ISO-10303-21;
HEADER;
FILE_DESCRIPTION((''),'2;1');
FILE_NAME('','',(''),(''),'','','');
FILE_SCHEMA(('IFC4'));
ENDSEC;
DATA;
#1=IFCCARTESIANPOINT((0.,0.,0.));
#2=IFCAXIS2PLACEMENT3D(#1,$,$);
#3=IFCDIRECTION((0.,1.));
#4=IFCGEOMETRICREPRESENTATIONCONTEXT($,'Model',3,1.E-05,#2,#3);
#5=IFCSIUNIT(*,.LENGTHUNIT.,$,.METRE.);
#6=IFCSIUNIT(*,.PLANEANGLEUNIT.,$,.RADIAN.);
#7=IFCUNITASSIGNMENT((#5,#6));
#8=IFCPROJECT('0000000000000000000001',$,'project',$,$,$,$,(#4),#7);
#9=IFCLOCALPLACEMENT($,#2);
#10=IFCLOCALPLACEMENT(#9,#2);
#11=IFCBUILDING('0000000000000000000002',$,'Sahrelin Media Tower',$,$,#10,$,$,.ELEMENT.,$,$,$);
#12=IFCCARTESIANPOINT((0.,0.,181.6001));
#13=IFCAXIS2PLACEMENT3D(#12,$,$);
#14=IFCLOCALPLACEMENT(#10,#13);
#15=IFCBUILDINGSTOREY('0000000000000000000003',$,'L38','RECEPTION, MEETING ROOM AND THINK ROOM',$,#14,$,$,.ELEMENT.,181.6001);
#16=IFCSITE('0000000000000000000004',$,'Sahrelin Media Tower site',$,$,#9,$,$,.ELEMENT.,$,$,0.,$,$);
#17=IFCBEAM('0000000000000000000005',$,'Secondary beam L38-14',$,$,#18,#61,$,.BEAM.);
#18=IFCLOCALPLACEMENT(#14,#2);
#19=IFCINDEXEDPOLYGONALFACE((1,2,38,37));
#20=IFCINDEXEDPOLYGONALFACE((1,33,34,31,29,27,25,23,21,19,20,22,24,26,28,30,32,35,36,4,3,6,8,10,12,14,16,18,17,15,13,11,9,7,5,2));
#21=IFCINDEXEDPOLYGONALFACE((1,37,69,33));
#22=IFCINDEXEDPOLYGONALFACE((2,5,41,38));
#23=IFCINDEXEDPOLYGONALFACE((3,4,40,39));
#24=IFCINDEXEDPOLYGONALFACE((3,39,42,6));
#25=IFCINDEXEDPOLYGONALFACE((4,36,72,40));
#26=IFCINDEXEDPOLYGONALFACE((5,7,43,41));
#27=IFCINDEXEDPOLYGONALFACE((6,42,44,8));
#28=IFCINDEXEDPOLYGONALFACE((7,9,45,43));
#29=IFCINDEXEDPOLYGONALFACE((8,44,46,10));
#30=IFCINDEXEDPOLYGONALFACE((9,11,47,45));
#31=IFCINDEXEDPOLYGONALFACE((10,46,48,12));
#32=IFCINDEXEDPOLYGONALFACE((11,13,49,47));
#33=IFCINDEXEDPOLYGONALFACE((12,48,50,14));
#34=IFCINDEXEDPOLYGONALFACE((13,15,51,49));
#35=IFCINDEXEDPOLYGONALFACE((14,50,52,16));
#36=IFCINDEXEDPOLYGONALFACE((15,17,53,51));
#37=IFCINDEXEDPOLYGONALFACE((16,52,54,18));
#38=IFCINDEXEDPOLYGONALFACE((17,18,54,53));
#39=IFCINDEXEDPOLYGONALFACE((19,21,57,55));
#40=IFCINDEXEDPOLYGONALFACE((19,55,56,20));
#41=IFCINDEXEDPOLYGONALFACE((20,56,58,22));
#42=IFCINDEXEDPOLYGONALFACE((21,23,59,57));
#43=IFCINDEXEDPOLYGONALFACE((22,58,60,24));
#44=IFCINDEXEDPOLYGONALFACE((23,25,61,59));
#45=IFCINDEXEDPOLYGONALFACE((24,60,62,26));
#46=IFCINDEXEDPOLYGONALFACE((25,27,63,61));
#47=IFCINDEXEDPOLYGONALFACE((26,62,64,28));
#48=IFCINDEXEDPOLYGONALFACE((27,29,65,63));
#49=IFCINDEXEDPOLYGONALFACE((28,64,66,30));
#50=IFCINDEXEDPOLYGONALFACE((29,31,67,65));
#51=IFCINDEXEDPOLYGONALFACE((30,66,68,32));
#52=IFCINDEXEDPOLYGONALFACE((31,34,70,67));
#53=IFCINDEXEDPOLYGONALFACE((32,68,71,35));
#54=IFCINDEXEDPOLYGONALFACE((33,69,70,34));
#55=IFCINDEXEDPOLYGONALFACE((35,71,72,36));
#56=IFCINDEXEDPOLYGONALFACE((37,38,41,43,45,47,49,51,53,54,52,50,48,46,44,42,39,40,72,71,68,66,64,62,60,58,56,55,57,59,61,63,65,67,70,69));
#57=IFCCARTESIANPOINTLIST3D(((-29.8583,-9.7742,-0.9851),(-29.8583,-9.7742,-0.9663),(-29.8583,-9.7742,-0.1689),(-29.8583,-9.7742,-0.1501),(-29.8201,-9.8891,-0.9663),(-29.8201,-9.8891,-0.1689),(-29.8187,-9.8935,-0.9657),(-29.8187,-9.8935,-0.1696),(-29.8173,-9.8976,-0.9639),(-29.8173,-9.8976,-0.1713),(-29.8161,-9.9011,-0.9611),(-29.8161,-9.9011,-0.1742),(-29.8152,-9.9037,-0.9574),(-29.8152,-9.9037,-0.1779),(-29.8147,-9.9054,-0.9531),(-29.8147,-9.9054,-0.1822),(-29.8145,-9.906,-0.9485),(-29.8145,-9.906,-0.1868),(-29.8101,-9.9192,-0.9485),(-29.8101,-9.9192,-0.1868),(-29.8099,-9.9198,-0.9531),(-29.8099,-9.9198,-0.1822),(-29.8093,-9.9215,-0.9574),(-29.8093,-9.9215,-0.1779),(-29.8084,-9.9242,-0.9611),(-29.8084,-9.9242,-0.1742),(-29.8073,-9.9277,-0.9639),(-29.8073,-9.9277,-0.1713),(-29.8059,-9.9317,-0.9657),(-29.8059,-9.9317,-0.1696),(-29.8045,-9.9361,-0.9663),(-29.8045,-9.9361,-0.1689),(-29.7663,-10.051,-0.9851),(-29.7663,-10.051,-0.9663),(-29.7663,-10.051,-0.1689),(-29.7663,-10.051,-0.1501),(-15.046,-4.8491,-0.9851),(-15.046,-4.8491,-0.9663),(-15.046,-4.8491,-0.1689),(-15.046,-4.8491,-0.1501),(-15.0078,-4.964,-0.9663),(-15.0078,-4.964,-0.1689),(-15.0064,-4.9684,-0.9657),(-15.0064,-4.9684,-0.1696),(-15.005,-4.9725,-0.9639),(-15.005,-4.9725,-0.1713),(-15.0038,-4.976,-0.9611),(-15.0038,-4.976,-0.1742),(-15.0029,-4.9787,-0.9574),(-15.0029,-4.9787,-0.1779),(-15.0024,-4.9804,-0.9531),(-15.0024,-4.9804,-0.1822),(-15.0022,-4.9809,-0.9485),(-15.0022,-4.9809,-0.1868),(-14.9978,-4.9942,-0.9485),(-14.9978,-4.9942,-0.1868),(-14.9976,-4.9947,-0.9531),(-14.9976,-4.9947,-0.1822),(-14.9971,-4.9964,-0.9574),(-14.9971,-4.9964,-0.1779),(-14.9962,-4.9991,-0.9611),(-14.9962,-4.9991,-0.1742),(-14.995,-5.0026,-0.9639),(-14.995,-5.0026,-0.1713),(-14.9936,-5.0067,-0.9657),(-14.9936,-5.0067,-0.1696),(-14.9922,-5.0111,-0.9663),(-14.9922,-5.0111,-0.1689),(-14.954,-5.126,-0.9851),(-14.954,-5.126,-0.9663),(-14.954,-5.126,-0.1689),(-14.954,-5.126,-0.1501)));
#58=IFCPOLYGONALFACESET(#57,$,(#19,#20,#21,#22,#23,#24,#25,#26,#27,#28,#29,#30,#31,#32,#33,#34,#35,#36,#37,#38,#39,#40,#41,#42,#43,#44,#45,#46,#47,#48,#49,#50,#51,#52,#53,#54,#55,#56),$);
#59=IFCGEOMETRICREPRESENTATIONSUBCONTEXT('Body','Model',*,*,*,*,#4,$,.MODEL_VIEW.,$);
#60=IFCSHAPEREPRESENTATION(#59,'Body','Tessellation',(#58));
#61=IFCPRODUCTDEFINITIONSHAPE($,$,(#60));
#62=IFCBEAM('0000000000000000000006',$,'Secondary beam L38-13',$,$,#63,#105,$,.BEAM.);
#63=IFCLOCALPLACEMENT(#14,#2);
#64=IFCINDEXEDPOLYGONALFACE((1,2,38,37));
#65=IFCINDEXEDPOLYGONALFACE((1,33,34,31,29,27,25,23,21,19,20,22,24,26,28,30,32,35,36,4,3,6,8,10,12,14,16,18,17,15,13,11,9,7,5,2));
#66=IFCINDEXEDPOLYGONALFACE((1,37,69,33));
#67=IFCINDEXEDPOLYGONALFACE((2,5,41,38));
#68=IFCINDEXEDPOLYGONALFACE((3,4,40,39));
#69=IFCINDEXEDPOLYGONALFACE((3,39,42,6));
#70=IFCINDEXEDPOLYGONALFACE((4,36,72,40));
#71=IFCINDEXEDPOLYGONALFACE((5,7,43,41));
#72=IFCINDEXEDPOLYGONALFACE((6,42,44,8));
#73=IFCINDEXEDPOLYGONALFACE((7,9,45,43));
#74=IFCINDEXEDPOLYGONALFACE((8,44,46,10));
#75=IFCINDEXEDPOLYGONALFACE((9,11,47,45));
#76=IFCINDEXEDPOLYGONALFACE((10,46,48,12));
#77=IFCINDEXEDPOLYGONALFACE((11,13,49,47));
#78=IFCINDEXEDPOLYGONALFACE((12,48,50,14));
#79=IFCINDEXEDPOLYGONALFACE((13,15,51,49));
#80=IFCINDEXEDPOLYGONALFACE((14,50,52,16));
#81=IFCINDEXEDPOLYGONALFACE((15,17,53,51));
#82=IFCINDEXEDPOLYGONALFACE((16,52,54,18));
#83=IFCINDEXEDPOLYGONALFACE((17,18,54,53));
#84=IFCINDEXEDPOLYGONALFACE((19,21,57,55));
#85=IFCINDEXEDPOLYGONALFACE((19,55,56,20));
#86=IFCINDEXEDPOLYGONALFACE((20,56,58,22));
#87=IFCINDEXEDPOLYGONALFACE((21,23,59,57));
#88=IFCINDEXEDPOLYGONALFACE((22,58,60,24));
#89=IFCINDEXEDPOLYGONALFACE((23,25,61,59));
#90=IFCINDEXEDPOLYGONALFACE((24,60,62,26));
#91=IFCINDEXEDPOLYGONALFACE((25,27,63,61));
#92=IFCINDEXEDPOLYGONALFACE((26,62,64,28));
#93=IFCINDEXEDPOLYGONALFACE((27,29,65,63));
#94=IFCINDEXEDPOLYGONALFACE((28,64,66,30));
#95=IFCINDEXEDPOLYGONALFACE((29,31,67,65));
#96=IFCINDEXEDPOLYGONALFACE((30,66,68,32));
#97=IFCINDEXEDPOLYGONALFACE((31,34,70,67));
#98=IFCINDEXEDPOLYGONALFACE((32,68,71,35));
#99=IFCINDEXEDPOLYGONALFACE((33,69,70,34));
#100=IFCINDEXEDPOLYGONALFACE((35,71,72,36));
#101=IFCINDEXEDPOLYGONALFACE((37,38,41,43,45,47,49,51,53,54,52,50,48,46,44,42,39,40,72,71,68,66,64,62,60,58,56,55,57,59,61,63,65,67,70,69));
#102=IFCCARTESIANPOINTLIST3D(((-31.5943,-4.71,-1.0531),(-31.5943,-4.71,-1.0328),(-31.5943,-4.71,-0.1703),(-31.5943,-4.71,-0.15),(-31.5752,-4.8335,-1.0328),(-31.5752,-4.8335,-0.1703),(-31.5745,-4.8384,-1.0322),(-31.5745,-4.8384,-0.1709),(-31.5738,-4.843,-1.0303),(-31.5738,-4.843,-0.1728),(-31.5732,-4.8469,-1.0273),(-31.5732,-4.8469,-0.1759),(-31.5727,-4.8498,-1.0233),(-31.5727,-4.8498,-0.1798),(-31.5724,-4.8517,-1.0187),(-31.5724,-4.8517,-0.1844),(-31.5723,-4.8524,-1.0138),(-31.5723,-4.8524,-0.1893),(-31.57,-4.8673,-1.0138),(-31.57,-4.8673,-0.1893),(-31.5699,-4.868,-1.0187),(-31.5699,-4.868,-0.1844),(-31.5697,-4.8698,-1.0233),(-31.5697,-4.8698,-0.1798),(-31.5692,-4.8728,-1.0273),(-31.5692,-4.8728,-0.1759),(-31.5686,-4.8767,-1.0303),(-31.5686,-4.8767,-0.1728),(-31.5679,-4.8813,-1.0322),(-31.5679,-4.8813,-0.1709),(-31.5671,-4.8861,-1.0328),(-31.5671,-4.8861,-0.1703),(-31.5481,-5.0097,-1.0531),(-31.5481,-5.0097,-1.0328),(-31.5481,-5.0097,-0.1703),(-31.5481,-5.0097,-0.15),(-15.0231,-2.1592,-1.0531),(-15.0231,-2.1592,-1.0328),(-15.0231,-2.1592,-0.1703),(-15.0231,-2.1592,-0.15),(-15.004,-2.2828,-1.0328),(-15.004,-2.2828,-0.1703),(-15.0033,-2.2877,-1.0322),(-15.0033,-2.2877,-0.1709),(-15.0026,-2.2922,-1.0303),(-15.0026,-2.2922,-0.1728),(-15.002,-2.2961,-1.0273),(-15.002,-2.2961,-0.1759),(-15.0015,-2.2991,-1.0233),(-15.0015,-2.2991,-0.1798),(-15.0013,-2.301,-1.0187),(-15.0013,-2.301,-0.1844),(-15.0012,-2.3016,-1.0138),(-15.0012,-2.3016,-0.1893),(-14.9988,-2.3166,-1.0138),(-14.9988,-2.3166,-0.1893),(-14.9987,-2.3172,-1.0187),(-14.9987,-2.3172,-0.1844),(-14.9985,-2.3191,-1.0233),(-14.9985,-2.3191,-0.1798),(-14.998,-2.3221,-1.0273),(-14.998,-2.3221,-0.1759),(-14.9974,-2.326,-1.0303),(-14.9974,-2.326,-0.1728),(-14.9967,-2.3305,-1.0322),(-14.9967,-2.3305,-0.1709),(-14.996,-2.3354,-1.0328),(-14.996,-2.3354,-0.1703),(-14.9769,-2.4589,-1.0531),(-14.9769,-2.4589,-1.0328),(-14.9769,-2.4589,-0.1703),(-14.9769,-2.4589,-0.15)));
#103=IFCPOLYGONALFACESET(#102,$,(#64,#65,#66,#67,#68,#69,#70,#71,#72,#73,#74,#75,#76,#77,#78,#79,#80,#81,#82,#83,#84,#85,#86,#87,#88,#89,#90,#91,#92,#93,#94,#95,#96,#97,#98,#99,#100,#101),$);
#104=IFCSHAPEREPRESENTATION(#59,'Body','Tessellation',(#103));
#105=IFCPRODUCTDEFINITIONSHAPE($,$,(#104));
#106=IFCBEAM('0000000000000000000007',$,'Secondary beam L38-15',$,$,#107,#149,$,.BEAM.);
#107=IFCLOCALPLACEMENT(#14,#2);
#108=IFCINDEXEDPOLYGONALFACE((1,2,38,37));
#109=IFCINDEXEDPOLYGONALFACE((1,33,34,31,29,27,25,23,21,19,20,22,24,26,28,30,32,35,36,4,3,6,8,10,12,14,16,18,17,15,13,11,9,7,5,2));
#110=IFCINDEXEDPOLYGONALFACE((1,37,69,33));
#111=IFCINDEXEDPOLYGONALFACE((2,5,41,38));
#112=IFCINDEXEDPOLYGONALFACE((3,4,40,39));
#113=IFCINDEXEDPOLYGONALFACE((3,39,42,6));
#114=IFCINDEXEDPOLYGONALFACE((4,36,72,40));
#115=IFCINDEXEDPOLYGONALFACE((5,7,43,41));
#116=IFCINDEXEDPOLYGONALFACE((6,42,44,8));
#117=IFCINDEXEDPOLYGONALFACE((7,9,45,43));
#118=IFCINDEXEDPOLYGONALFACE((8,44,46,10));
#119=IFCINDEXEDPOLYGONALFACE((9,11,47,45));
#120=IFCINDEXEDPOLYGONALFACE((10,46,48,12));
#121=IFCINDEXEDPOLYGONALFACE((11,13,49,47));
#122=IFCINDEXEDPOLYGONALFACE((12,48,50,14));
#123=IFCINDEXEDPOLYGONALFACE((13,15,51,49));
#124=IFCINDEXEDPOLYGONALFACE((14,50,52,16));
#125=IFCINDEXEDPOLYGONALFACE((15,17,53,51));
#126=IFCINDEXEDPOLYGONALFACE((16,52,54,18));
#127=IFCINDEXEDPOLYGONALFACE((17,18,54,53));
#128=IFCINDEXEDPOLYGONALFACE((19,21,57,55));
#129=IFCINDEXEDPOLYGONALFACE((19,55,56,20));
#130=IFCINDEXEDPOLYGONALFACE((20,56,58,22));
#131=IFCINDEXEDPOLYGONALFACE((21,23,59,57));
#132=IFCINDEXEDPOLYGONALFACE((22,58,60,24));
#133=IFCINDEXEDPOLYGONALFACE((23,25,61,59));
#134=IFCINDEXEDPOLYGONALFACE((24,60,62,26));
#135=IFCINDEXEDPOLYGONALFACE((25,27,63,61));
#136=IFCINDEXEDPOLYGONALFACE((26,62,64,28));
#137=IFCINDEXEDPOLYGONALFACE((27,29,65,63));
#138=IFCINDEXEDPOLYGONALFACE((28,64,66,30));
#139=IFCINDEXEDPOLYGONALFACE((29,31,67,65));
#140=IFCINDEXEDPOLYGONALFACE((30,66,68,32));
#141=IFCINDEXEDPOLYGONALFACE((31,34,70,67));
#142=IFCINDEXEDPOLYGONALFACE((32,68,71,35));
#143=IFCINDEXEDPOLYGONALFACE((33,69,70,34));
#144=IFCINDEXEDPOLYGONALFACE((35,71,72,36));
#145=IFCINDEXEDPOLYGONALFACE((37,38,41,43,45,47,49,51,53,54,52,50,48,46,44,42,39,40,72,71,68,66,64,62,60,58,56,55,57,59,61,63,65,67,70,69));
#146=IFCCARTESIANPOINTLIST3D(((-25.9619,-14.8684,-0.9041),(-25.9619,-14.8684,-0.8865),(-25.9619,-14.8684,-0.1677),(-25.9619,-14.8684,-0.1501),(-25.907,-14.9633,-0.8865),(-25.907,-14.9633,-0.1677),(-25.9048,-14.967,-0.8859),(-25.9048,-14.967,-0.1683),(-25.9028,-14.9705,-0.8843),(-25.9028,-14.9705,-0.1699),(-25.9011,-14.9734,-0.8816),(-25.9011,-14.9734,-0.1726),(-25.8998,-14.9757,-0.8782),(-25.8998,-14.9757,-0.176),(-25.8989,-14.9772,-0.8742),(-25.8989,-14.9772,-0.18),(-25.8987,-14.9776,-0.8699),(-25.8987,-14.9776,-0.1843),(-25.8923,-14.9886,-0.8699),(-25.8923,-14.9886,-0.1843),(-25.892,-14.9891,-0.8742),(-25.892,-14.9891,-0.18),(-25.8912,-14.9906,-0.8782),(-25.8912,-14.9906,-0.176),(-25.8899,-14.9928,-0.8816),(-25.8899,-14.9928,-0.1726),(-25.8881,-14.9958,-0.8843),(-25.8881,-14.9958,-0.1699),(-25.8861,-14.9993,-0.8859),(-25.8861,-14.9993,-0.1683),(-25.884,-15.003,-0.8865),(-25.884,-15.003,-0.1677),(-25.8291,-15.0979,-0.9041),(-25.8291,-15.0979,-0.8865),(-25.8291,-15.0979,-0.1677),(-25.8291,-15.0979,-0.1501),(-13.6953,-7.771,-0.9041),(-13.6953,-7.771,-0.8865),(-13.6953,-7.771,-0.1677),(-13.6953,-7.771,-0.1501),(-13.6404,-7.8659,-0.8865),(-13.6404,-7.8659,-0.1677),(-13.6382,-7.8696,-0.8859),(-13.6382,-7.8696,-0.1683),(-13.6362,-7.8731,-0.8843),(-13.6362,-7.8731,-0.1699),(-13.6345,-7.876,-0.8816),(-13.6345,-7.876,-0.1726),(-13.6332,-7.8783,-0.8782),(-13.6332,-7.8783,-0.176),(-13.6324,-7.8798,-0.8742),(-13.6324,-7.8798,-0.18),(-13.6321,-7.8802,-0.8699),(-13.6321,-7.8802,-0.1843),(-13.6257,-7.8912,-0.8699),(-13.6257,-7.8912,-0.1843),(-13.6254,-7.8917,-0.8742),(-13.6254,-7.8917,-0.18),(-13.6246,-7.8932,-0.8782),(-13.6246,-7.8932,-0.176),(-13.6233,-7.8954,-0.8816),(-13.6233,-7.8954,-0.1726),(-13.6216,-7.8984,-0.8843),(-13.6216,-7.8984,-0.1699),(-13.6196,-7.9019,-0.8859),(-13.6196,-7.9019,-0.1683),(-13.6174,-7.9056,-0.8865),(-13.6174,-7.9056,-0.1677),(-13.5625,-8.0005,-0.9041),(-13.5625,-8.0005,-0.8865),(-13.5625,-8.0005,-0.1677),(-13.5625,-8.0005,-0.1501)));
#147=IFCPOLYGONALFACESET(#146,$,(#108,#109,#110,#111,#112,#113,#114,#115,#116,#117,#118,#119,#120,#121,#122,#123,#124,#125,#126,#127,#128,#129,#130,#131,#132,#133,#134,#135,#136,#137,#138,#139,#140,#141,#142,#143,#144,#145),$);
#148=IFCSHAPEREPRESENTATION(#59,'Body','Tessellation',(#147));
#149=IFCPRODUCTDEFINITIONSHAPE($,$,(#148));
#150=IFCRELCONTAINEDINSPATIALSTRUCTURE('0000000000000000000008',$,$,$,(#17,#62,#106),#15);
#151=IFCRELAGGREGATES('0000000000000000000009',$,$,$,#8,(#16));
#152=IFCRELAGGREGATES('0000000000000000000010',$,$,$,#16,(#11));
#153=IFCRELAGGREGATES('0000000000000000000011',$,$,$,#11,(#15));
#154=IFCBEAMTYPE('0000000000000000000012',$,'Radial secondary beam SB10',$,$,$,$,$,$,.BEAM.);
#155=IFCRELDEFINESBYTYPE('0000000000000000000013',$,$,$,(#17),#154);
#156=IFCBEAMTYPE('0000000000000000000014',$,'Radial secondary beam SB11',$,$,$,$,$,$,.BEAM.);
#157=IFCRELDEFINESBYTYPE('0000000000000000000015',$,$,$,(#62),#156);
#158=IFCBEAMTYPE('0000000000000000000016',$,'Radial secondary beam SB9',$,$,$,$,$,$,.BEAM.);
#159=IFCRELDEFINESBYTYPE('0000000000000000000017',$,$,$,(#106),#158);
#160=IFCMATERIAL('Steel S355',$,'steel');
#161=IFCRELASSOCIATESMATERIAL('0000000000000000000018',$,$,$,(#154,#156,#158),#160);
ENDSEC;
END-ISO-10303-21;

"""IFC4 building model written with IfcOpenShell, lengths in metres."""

from ifc_helpers import new_model, si_unit, direction, frame, origin, origin_2d, place, context, subcontext, project, spatial, i_section, extrude, material, material_profile, profile_set, type_object, element, save


model = new_model("IFC4")

# Units and contexts
model_context = context("Model", 3, precision=1e-05, world=origin(), true_north=direction((0.0, 1.0)))
body_context = subcontext(model_context, "Body", "Model", "MODEL_VIEW")
ifc_project = project(units=[si_unit("LENGTHUNIT", "METRE"), si_unit("PLANEANGLEUNIT", "RADIAN")], contexts=[model_context])

# Site, building, storey
site_placement = place(None, origin())
site = spatial("IfcSite", under=ifc_project, at=site_placement, Name="Sahrelin Media Tower site", CompositionType="ELEMENT", RefElevation=0.0)
building_placement = place(site_placement, origin())
building = spatial("IfcBuilding", under=site, at=building_placement, Name="Sahrelin Media Tower", CompositionType="ELEMENT")
storey_placement = place(building_placement, frame((0.0, 0.0, 181.6001)))
storey = spatial("IfcBuildingStorey", under=building, at=storey_placement, Name="L38", Description="RECEPTION, MEETING ROOM AND THINK ROOM", CompositionType="ELEMENT", Elevation=181.6001)

# Beams
ifc_material_1 = material(Name="Steel S355", Category="steel")
ifc_material_profile_1 = material_profile(ifc_material_1, i_section(OverallWidth=0.2917, OverallDepth=0.835, WebThickness=0.0139, FlangeThickness=0.0188, FilletRadius=0.0178, at=origin_2d()), Name="UB 838x292x176")
ifc_profile_set_1 = profile_set([ifc_material_profile_1], Name="Steel S355")
beam_type_1 = type_object("IfcBeamType", Name="Radial secondary beam SB10", PredefinedType="BEAM", material=ifc_profile_set_1)
beam_1_placement = place(storey_placement, frame((-15.0, -4.9875, -0.5676), z_axis=(-0.948921, -0.315514, 0.0), x_axis=(0.315514, -0.948921, 0.0)))
element("IfcBeam", 1, at=beam_1_placement, inside=storey, type_object=beam_type_1, Name="Secondary beam L38-14", PredefinedType="BEAM", context=body_context, shape_type="SweptSolid", body=[
    extrude(i_section(OverallWidth=0.2917, OverallDepth=0.835, WebThickness=0.0139, FlangeThickness=0.0188, FilletRadius=0.0178, at=origin_2d()), origin(), (0.0, 0.0, 1.0), 15.6096),
])
ifc_material_profile_2 = material_profile(ifc_material_1, i_section(OverallWidth=0.3032, OverallDepth=0.9031, WebThickness=0.0151, FlangeThickness=0.0203, FilletRadius=0.019, at=origin_2d()), Name="UB 914x305x201")
ifc_profile_set_2 = profile_set([ifc_material_profile_2], Name="Steel S355")
beam_type_2 = type_object("IfcBeamType", Name="Radial secondary beam SB11", PredefinedType="BEAM", material=ifc_profile_set_2)
beam_2_placement = place(storey_placement, frame((-15.0, -2.3091, -0.6016), z_axis=(-0.98836, -0.152136, 0.0), x_axis=(0.152136, -0.98836, 0.0)))
element("IfcBeam", 2, at=beam_2_placement, inside=storey, type_object=beam_type_2, Name="Secondary beam L38-13", PredefinedType="BEAM", context=body_context, shape_type="SweptSolid", body=[
    extrude(i_section(OverallWidth=0.3032, OverallDepth=0.9031, WebThickness=0.0151, FlangeThickness=0.0203, FilletRadius=0.019, at=origin_2d()), origin(), (0.0, 0.0, 1.0), 16.7664),
])
ifc_material_profile_3 = material_profile(ifc_material_1, i_section(OverallWidth=0.2651, OverallDepth=0.7539, WebThickness=0.0127, FlangeThickness=0.0176, FilletRadius=0.0166, at=origin_2d()), Name="UB 762x267x147")
ifc_profile_set_3 = profile_set([ifc_material_profile_3], Name="Steel S355")
beam_type_3 = type_object("IfcBeamType", Name="Radial secondary beam SB9", PredefinedType="BEAM", material=ifc_profile_set_3)
beam_3_placement = place(storey_placement, frame((-13.6289, -7.8857, -0.5271), z_axis=(-0.865558, -0.500809, 0.0), x_axis=(0.500809, -0.865558, 0.0)))
element("IfcBeam", 3, at=beam_3_placement, inside=storey, type_object=beam_type_3, Name="Secondary beam L38-15", PredefinedType="BEAM", context=body_context, shape_type="SweptSolid", body=[
    extrude(i_section(OverallWidth=0.2651, OverallDepth=0.7539, WebThickness=0.0127, FlangeThickness=0.0176, FilletRadius=0.0166, at=origin_2d()), origin(), (0.0, 0.0, 1.0), 14.1719),
])

save(model, "model.ifc")
